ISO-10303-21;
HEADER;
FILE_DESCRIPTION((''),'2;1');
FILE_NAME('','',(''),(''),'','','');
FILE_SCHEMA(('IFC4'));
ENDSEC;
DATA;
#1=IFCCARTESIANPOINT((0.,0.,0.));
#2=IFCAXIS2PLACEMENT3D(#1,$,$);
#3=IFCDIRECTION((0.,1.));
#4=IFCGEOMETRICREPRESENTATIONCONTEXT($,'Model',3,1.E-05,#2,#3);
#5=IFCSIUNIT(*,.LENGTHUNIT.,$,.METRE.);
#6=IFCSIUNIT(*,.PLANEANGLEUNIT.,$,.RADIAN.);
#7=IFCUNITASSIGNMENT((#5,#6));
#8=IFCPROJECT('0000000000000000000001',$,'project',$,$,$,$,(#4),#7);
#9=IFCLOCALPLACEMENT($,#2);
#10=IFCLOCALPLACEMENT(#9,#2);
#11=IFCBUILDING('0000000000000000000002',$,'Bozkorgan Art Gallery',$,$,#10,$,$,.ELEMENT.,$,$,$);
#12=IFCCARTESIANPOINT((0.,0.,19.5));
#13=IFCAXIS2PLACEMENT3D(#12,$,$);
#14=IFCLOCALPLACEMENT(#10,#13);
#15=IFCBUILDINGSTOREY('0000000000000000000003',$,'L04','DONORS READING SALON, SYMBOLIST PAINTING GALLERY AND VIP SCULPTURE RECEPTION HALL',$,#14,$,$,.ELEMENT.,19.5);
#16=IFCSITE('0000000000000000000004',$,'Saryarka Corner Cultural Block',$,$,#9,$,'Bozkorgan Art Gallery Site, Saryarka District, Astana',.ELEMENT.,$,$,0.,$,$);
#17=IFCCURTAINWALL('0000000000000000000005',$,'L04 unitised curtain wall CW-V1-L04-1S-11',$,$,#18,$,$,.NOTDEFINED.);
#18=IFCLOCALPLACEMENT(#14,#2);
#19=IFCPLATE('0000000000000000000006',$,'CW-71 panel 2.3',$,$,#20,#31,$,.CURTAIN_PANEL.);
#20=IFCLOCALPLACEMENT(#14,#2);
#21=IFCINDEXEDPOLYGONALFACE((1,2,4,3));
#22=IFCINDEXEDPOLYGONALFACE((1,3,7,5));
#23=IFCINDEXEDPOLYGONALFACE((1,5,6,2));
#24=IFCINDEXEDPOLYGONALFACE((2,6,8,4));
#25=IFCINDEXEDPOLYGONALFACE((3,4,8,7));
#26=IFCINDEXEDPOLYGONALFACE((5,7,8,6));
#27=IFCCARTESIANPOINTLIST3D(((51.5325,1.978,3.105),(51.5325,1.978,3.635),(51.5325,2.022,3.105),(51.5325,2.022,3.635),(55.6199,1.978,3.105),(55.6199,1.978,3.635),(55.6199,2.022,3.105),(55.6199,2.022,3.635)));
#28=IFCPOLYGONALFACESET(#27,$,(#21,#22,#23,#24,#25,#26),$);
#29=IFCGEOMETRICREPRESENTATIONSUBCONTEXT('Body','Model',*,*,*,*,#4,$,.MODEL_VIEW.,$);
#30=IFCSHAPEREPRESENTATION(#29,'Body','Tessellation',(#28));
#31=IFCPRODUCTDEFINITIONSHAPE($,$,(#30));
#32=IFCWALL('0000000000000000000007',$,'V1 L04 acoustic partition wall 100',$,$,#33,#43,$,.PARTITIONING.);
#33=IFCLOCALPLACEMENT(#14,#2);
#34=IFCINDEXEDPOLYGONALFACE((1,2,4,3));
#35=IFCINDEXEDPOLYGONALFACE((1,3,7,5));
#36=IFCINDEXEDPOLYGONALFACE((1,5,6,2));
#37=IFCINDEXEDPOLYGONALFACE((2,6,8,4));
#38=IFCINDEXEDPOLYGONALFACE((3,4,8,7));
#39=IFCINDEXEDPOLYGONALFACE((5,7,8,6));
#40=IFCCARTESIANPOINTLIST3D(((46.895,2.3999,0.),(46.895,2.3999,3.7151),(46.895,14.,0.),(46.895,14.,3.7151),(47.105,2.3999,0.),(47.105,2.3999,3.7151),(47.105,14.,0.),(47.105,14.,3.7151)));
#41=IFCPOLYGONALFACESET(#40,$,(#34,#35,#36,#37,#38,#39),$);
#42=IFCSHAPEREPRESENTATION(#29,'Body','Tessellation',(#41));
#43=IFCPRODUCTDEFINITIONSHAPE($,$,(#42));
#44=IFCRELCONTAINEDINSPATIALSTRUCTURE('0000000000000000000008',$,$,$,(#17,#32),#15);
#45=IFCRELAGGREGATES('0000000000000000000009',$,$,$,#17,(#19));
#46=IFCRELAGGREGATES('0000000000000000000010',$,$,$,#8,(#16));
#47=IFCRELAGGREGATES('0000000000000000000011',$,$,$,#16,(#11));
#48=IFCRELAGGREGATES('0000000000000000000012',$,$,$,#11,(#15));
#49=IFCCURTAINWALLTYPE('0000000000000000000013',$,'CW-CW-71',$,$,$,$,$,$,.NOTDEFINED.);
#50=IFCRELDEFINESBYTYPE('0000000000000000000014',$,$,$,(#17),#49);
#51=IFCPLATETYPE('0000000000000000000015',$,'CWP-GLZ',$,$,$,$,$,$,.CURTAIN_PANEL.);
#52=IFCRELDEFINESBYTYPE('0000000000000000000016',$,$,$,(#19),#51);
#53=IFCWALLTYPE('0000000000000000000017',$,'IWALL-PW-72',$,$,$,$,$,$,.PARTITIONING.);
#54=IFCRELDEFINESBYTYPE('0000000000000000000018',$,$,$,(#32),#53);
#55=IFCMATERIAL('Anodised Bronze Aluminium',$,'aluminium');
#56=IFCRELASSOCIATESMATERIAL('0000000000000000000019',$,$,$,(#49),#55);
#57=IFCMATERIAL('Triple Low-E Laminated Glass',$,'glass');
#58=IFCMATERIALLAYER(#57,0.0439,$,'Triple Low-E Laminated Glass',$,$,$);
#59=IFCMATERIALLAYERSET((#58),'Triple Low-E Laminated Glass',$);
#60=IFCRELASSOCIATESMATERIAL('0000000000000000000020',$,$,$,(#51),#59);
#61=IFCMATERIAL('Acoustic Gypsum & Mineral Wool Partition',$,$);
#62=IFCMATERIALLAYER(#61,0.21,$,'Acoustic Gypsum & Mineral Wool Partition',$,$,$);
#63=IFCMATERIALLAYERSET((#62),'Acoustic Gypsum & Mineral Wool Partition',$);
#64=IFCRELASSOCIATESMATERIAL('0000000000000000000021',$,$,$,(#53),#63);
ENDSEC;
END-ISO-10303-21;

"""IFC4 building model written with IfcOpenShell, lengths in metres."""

from ifc_helpers import new_model, si_unit, direction, frame, frame_2d, origin, origin_2d, place, context, subcontext, project, spatial, rectangle, extrude, material, layer, layer_set, type_object, element, aggregate, save


model = new_model("IFC4")

# Units and contexts
model_context = context("Model", 3, precision=1e-05, world=origin(), true_north=direction((0.0, 1.0)))
body_context = subcontext(model_context, "Body", "Model", "MODEL_VIEW")
ifc_project = project(units=[si_unit("LENGTHUNIT", "METRE"), si_unit("PLANEANGLEUNIT", "RADIAN")], contexts=[model_context])

# Site, building, storey
site_placement = place(None, origin())
site = spatial("IfcSite", under=ifc_project, at=site_placement, Name="Saryarka Corner Cultural Block", LongName="Bozkorgan Art Gallery Site, Saryarka District, Astana", CompositionType="ELEMENT", RefElevation=0.0)
building_placement = place(site_placement, origin())
building = spatial("IfcBuilding", under=site, at=building_placement, Name="Bozkorgan Art Gallery", CompositionType="ELEMENT")
storey_placement = place(building_placement, frame((0.0, 0.0, 19.5)))
storey = spatial("IfcBuildingStorey", under=building, at=storey_placement, Name="L04", Description="DONORS READING SALON, SYMBOLIST PAINTING GALLERY AND VIP SCULPTURE RECEPTION HALL", CompositionType="ELEMENT", Elevation=19.5)

# Curtain wall, plate
ifc_material_1 = material(Name="Anodised Bronze Aluminium", Category="aluminium")
curtain_wall_type = type_object("IfcCurtainWallType", Name="CW-CW-71", PredefinedType="NOTDEFINED", material=ifc_material_1)
curtain_wall_placement = place(storey_placement, origin())
curtain_wall = element("IfcCurtainWall", 1, at=curtain_wall_placement, inside=storey, type_object=curtain_wall_type, Name="L04 unitised curtain wall CW-V1-L04-1S-11", PredefinedType="NOTDEFINED")
ifc_material_2 = material(Name="Triple Low-E Laminated Glass", Category="glass")
ifc_layer_1 = layer(ifc_material_2, 0.0439, Name="Triple Low-E Laminated Glass")
ifc_layer_set_1 = layer_set([ifc_layer_1], Name="Triple Low-E Laminated Glass")
plate_type = type_object("IfcPlateType", Name="CWP-GLZ", PredefinedType="CURTAIN_PANEL", material=ifc_layer_set_1)
plate_1_placement = place(storey_placement, frame((53.5762, 2.0, 3.105), z_axis=(0.0, 0.0, 1.0), x_axis=(1.0, 0.0, 0.0)))
plate_1 = element("IfcPlate", 2, at=plate_1_placement, type_object=plate_type, Name="CW-71 panel 2.3", PredefinedType="CURTAIN_PANEL", context=body_context, shape_type="SweptSolid", body=[
    extrude(rectangle(XDim=4.0874, YDim=0.0439, at=origin_2d()), origin(), (0.0, 0.0, 1.0), 0.53),
])
aggregate(curtain_wall, [plate_1])

# Wall
ifc_material_3 = material(Name="Acoustic Gypsum & Mineral Wool Partition")
ifc_layer_2 = layer(ifc_material_3, 0.21, Name="Acoustic Gypsum & Mineral Wool Partition")
ifc_layer_set_2 = layer_set([ifc_layer_2], Name="Acoustic Gypsum & Mineral Wool Partition")
wall_type = type_object("IfcWallType", Name="IWALL-PW-72", PredefinedType="PARTITIONING", material=ifc_layer_set_2)
wall_placement = place(storey_placement, frame((47.0, 2.3999, 0.0), z_axis=(0.0, 0.0, 1.0), x_axis=(0.0, 1.0, 0.0)))
element("IfcWall", 3, at=wall_placement, inside=storey, type_object=wall_type, Name="V1 L04 acoustic partition wall 100", PredefinedType="PARTITIONING", context=body_context, shape_type="SweptSolid", body=[
    extrude(rectangle(XDim=11.6001, YDim=0.21, at=frame_2d((5.8, 0.0))), origin(), (0.0, 0.0, 1.0), 3.7151),
])

save(model, "model.ifc")
